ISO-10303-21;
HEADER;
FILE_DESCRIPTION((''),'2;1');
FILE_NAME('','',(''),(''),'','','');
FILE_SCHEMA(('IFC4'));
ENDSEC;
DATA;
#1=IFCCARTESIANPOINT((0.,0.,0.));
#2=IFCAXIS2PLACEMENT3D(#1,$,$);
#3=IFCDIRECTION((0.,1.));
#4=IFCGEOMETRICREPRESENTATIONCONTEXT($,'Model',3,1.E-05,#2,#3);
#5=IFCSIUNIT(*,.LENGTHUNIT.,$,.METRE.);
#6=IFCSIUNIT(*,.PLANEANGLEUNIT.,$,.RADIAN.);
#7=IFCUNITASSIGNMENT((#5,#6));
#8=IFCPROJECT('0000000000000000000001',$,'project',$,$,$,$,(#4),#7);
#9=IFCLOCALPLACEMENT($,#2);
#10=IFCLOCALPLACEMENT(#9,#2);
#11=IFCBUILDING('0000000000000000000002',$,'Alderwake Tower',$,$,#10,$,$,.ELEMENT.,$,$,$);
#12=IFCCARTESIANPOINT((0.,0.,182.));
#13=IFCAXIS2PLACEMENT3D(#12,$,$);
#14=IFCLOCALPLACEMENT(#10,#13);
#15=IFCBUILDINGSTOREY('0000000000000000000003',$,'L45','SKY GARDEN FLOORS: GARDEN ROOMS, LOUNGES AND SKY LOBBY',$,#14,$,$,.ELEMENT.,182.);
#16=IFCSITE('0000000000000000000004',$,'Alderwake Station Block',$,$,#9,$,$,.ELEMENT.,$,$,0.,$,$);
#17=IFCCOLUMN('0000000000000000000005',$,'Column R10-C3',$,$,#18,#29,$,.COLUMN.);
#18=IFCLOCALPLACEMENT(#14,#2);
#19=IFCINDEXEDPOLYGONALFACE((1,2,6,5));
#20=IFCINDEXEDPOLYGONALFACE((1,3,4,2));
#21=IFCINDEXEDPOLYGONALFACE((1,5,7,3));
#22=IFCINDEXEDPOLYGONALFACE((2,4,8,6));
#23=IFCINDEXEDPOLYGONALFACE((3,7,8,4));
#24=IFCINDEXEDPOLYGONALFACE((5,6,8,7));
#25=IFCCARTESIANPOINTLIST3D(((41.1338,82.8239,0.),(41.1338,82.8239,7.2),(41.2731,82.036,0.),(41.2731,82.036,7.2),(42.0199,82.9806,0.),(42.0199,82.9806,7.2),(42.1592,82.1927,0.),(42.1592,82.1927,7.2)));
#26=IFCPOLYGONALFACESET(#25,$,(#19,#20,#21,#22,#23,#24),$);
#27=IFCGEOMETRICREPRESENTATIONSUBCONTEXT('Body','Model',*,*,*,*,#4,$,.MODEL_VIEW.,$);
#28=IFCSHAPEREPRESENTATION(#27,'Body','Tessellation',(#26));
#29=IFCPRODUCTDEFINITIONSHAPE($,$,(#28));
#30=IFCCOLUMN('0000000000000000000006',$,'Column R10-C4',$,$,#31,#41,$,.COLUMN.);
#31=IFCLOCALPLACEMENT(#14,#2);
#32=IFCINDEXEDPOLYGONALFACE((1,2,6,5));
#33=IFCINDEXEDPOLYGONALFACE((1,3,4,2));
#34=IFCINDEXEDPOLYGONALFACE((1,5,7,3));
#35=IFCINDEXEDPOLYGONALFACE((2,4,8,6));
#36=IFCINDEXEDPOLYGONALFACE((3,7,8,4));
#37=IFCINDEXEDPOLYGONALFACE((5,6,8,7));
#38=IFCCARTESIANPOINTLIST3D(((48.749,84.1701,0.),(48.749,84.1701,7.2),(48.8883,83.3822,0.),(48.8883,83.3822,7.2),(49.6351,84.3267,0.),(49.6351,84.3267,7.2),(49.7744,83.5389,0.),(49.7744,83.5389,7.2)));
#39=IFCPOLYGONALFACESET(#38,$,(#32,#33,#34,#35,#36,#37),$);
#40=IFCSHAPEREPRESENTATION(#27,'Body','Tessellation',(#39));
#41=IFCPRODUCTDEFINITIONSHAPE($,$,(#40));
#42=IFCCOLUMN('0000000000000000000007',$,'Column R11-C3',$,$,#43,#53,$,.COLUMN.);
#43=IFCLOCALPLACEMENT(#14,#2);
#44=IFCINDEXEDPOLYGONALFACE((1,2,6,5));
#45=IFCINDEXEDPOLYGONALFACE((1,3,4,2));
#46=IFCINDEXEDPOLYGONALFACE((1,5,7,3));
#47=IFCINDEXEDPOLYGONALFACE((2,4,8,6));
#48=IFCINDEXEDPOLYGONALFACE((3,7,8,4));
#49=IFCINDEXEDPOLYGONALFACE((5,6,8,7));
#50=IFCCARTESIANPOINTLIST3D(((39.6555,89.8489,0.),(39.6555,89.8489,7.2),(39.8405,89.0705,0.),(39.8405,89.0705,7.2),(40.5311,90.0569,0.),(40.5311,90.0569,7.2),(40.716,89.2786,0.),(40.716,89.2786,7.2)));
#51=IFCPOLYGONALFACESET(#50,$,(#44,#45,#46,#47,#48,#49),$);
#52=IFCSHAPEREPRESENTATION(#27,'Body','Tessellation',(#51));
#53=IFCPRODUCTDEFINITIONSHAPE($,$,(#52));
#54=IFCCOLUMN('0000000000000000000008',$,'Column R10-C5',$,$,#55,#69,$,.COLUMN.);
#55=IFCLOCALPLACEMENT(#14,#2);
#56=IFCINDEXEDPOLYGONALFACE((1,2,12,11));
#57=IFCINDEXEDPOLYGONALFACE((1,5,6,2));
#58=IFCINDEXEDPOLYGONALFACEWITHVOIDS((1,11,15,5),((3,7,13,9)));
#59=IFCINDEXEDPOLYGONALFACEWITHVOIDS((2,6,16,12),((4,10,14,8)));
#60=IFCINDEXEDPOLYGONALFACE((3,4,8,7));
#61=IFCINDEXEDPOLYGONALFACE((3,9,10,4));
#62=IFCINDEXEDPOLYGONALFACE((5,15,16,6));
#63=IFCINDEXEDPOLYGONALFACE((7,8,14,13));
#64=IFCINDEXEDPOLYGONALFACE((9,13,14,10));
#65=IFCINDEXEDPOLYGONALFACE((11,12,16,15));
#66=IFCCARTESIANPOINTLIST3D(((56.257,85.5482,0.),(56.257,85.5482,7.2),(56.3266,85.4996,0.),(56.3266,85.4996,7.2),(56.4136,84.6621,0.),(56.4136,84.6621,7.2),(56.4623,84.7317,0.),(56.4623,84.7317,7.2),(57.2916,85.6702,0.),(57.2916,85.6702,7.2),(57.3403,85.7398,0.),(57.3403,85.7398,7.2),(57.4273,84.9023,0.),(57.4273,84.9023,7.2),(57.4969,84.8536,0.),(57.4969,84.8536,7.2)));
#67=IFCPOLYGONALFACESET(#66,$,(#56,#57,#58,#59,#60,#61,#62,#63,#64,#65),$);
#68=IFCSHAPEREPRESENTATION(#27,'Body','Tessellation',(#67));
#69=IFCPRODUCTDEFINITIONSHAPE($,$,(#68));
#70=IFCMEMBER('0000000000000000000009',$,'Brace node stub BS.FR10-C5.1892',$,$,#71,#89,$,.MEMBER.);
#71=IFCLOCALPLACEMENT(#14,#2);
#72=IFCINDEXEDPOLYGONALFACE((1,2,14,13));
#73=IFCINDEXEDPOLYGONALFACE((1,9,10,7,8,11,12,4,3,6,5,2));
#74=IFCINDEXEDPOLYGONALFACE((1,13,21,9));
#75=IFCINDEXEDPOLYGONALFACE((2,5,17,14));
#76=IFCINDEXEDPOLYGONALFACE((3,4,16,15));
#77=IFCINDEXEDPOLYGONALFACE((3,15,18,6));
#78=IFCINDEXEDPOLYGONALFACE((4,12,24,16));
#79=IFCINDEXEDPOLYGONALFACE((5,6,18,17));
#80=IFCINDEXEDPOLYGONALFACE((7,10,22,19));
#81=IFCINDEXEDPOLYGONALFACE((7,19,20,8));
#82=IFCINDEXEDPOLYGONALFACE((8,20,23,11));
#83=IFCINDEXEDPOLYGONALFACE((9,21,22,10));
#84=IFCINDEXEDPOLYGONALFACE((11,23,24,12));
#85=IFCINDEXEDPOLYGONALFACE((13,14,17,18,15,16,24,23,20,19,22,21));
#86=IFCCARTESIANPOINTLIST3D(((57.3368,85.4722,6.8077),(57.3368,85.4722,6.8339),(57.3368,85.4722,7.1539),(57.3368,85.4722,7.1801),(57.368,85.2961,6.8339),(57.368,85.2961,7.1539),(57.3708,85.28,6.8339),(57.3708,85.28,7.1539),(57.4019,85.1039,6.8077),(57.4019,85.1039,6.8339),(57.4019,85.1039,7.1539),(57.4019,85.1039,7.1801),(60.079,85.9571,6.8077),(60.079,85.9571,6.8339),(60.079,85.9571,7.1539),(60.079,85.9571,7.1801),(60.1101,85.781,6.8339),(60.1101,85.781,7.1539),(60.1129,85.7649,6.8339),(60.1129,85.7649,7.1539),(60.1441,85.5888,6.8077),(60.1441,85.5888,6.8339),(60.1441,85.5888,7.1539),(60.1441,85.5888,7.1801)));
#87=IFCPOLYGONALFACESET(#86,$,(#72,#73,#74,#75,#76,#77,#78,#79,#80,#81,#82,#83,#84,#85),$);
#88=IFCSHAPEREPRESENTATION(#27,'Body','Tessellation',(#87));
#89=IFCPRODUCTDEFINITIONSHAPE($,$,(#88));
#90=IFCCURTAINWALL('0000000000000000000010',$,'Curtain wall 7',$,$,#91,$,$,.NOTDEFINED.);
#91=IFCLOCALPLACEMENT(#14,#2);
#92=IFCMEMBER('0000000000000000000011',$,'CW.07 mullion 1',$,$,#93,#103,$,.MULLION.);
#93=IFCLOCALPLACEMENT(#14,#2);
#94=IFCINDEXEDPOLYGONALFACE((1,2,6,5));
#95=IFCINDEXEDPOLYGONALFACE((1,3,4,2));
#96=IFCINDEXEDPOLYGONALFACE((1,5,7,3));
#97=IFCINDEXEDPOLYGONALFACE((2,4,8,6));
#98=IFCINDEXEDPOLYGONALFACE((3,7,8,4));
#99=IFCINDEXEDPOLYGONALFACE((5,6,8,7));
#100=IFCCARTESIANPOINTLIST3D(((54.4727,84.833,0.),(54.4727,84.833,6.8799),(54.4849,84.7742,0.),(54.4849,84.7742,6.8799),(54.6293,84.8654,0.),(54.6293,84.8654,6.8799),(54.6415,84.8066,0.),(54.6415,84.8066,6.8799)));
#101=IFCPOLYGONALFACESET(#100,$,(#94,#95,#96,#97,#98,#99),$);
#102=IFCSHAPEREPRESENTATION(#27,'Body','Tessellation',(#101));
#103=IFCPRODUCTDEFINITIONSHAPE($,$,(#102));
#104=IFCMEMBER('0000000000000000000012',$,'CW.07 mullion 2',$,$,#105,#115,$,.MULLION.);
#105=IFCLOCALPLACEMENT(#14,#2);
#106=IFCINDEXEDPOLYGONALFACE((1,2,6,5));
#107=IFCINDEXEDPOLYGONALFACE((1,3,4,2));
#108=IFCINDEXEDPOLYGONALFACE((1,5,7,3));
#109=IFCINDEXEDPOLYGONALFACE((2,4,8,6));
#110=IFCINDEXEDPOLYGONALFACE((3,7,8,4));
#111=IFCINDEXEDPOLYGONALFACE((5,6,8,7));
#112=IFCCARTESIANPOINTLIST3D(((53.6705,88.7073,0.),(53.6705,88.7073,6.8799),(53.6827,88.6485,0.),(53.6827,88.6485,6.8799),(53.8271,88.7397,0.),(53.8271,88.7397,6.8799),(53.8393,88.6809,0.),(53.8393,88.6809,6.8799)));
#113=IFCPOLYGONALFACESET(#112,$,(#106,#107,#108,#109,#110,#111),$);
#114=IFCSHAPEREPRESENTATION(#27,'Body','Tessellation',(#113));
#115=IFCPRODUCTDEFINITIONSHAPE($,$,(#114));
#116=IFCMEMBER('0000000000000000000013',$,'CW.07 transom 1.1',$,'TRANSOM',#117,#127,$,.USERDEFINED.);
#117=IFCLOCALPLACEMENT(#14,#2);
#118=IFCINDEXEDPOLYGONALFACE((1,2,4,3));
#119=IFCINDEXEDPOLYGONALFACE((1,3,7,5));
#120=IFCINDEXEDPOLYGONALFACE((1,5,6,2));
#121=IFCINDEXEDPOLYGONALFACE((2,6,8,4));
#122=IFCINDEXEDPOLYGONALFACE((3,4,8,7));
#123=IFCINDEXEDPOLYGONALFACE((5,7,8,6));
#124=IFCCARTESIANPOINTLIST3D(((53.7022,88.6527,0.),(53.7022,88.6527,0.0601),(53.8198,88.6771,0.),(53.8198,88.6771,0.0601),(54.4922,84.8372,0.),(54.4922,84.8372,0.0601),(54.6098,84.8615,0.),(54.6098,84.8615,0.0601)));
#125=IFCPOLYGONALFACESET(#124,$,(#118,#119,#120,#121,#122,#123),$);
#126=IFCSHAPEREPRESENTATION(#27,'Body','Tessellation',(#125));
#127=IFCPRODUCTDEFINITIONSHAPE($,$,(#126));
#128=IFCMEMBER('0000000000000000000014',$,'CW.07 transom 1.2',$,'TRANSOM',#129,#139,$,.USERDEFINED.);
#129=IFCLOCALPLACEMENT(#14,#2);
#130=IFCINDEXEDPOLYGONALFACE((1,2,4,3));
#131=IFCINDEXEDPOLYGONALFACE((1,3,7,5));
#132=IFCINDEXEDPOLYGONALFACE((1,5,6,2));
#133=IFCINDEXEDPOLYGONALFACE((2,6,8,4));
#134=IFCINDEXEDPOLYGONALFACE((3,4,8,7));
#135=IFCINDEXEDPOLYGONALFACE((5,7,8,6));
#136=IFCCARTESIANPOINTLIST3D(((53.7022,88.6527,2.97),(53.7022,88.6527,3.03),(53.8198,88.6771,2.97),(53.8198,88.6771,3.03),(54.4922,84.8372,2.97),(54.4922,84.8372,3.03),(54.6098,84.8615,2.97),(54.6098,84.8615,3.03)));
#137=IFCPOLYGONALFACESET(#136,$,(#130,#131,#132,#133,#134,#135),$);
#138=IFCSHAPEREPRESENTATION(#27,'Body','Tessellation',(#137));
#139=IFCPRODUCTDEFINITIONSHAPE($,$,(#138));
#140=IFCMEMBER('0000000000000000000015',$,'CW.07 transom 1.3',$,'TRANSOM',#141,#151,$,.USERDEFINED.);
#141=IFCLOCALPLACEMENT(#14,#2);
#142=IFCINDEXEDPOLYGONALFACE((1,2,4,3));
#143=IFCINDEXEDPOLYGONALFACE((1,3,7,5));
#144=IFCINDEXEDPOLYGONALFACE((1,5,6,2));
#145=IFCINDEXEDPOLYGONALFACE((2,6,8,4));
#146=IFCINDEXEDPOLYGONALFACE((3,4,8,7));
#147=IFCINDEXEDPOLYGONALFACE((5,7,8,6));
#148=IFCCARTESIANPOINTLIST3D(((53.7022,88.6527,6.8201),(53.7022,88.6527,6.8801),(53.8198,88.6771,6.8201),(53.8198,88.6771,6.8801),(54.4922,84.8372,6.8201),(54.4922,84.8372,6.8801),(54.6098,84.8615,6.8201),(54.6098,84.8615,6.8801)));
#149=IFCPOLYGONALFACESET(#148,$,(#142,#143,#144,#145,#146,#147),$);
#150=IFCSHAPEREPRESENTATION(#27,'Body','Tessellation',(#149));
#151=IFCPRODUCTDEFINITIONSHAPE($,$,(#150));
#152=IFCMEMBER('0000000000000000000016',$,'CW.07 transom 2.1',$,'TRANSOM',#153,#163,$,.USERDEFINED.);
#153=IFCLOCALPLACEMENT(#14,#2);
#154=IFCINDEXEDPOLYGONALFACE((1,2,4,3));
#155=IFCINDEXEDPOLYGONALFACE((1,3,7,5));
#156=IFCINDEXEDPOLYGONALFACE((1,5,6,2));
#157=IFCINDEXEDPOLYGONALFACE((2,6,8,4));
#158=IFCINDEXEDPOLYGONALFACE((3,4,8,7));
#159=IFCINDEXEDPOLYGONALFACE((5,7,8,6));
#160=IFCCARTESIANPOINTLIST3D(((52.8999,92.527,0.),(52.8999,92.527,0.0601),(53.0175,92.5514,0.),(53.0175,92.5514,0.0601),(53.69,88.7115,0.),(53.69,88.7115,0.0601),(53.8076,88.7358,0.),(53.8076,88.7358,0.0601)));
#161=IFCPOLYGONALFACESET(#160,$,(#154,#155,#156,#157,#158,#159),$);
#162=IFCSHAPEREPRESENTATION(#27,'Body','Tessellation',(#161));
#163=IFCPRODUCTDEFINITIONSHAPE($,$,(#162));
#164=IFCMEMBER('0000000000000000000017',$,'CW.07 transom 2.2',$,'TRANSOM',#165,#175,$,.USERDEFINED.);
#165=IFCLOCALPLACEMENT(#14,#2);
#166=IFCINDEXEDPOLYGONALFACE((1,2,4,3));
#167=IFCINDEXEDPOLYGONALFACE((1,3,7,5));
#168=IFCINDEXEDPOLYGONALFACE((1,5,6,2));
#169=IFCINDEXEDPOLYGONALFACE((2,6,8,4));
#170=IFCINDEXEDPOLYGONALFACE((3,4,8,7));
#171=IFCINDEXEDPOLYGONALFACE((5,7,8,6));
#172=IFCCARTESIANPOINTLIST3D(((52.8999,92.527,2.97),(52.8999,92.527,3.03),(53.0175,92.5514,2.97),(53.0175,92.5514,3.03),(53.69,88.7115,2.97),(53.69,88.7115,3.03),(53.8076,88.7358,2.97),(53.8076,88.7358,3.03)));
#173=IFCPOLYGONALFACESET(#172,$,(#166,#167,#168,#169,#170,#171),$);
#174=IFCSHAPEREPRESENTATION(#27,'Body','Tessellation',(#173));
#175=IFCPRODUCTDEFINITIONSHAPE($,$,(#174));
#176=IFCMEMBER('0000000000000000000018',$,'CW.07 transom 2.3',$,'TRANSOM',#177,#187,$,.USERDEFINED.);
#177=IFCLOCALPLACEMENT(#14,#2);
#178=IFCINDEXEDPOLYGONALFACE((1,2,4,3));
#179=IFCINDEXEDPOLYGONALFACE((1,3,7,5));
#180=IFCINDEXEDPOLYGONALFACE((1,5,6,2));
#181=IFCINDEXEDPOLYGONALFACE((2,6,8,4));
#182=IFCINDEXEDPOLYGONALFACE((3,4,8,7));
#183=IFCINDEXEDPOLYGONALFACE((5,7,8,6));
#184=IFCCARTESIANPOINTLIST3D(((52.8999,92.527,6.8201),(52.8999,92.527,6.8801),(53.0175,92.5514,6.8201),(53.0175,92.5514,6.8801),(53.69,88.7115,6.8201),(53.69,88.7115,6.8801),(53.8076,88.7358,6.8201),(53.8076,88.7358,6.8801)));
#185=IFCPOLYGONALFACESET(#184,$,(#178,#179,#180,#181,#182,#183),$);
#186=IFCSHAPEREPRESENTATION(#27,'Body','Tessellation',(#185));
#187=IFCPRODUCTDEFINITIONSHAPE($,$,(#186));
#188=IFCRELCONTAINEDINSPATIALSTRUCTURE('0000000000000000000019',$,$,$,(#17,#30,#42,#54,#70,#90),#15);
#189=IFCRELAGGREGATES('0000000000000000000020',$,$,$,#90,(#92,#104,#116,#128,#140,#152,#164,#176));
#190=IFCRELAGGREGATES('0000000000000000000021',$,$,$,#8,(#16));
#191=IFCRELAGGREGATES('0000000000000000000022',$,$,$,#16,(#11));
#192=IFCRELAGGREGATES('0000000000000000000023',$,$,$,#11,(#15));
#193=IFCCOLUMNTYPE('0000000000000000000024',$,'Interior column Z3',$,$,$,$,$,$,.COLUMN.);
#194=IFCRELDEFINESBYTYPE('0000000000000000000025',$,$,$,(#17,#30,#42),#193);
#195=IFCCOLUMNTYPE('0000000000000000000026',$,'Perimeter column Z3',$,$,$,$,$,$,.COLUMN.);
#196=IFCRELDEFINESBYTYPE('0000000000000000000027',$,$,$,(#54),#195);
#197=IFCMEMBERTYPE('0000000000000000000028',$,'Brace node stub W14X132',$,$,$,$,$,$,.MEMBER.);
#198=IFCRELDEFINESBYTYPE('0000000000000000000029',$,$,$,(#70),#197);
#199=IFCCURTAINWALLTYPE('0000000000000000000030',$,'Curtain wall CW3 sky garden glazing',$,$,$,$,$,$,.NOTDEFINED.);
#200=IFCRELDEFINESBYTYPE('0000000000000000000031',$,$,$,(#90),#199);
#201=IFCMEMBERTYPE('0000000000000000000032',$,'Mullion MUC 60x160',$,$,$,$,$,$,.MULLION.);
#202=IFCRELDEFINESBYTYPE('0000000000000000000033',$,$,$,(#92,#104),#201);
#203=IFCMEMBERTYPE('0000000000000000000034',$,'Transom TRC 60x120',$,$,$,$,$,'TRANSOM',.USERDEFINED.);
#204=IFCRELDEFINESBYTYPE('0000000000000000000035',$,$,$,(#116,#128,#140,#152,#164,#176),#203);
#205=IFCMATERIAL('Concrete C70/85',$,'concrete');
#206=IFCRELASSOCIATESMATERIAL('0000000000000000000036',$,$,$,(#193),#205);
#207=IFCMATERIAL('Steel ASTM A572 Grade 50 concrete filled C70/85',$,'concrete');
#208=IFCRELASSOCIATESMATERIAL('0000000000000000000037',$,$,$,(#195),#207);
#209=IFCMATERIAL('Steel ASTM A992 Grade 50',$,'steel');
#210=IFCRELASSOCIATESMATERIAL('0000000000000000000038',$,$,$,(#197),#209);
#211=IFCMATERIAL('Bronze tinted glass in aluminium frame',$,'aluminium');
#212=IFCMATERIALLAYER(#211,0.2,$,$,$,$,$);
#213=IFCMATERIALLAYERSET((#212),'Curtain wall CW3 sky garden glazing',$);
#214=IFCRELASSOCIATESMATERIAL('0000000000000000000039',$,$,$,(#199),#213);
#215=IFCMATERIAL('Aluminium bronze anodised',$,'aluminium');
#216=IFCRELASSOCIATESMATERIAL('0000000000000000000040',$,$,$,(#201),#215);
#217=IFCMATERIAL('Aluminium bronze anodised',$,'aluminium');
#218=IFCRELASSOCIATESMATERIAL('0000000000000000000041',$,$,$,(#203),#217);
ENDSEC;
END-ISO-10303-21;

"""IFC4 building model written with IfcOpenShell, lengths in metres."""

from ifc_helpers import new_model, si_unit, direction, frame, origin, origin_2d, place, context, subcontext, project, spatial, rectangle, hollow_rectangle, i_section, extrude, material, layer, layer_set, material_profile, profile_set, type_object, element, aggregate, save


model = new_model("IFC4")

# Units and contexts
model_context = context("Model", 3, precision=1e-05, world=origin(), true_north=direction((0.0, 1.0)))
body_context = subcontext(model_context, "Body", "Model", "MODEL_VIEW")
ifc_project = project(units=[si_unit("LENGTHUNIT", "METRE"), si_unit("PLANEANGLEUNIT", "RADIAN")], contexts=[model_context])

# Site, building, storey
site_placement = place(None, origin())
site = spatial("IfcSite", under=ifc_project, at=site_placement, Name="Alderwake Station Block", CompositionType="ELEMENT", RefElevation=0.0)
building_placement = place(site_placement, origin())
building = spatial("IfcBuilding", under=site, at=building_placement, Name="Alderwake Tower", CompositionType="ELEMENT")
storey_placement = place(building_placement, frame((0.0, 0.0, 182.0)))
storey = spatial("IfcBuildingStorey", under=building, at=storey_placement, Name="L45", Description="SKY GARDEN FLOORS: GARDEN ROOMS, LOUNGES AND SKY LOBBY", CompositionType="ELEMENT", Elevation=182.0)

# Columns
ifc_material_1 = material(Name="Concrete C70/85", Category="concrete")
ifc_material_profile_1 = material_profile(ifc_material_1, rectangle(XDim=0.8, YDim=0.8999, at=origin_2d()), Name="RC 900X800")
ifc_profile_set_1 = profile_set([ifc_material_profile_1], Name="Concrete C70/85")
column_type_1 = type_object("IfcColumnType", Name="Interior column Z3", PredefinedType="COLUMN", material=ifc_profile_set_1)
for number, where, z_axis, x_axis, name in (
    (1, (41.6465, 82.5083, 0.0), (0.0, 0.0, 1.0), (-0.174109, 0.984726, 0.0), "Column R10-C3"),
    (2, (49.2617, 83.8545, 0.0), (0.0, 0.0, 1.0), (-0.174109, 0.984726, 0.0), "Column R10-C4"),
    (3, (40.1858, 89.5637, 0.0), (0.0, 0.0, 1.0), (-0.231222, 0.972901, 0.0), "Column R11-C3"),
):
    element("IfcColumn", number, at=place(storey_placement, frame(where, z_axis=z_axis, x_axis=x_axis)), inside=storey, type_object=column_type_1, Name=name, PredefinedType="COLUMN", context=body_context, shape_type="SweptSolid", body=[
        extrude(rectangle(XDim=0.8, YDim=0.8999, at=origin_2d()), origin(), (0.0, 0.0, 1.0), 7.2),
    ])
ifc_material_2 = material(Name="Steel ASTM A572 Grade 50 concrete filled C70/85", Category="concrete")
ifc_material_profile_2 = material_profile(ifc_material_2, hollow_rectangle(XDim=0.8999, YDim=1.1001, WallThickness=0.0601, at=origin_2d()), Name="BOX 1100X900X60")
ifc_profile_set_2 = profile_set([ifc_material_profile_2], Name="Steel ASTM A572 Grade 50 concrete filled C70/85")
column_type_2 = type_object("IfcColumnType", Name="Perimeter column Z3", PredefinedType="COLUMN", material=ifc_profile_set_2)
column_placement = place(storey_placement, frame((56.877, 85.2009, 0.0), z_axis=(0.0, 0.0, 1.0), x_axis=(-0.174107, 0.984727, 0.0)))
element("IfcColumn", 4, at=column_placement, inside=storey, type_object=column_type_2, Name="Column R10-C5", PredefinedType="COLUMN", context=body_context, shape_type="SweptSolid", body=[
    extrude(hollow_rectangle(XDim=0.8999, YDim=1.1001, WallThickness=0.0601, at=origin_2d()), origin(), (0.0, 0.0, 1.0), 7.2),
])

# Member
ifc_material_3 = material(Name="Steel ASTM A992 Grade 50", Category="steel")
ifc_material_profile_3 = material_profile(ifc_material_3, i_section(OverallWidth=0.374, OverallDepth=0.3723, WebThickness=0.0164, FlangeThickness=0.0261, at=origin_2d()), Name="W14X132")
ifc_profile_set_3 = profile_set([ifc_material_profile_3], Name="Steel ASTM A992 Grade 50")
member_type_1 = type_object("IfcMemberType", Name="Brace node stub W14X132", PredefinedType="MEMBER", material=ifc_profile_set_3)
member_1_placement = place(storey_placement, frame((57.3694, 85.2881, 6.9939), z_axis=(0.984725, 0.174115, 0.0), x_axis=(-0.174115, 0.984725, 0.0)))
element("IfcMember", 5, at=member_1_placement, inside=storey, type_object=member_type_1, Name="Brace node stub BS.FR10-C5.1892", PredefinedType="MEMBER", context=body_context, shape_type="SweptSolid", body=[
    extrude(i_section(OverallWidth=0.374, OverallDepth=0.3723, WebThickness=0.0164, FlangeThickness=0.0261, at=origin_2d()), origin(), (0.0, 0.0, 1.0), 2.7847),
])

# Curtain wall, members
ifc_material_4 = material(Name="Bronze tinted glass in aluminium frame", Category="aluminium")
ifc_layer_1 = layer(ifc_material_4, 0.2)
ifc_layer_set_1 = layer_set([ifc_layer_1], Name="Curtain wall CW3 sky garden glazing")
curtain_wall_type = type_object("IfcCurtainWallType", Name="Curtain wall CW3 sky garden glazing", PredefinedType="NOTDEFINED", material=ifc_layer_set_1)
curtain_wall_placement = place(storey_placement, origin())
curtain_wall = element("IfcCurtainWall", 6, at=curtain_wall_placement, inside=storey, type_object=curtain_wall_type, Name="Curtain wall 7", PredefinedType="NOTDEFINED")
ifc_material_5 = material(Name="Aluminium bronze anodised", Category="aluminium")
ifc_material_profile_4 = material_profile(ifc_material_5, rectangle(XDim=0.1599, YDim=0.0601, at=origin_2d()), Name="Mullion MUC 60x160")
ifc_profile_set_4 = profile_set([ifc_material_profile_4], Name="Aluminium bronze anodised")
member_type_2 = type_object("IfcMemberType", Name="Mullion MUC 60x160", PredefinedType="MULLION", material=ifc_profile_set_4)
member_2_placement = place(storey_placement, frame((54.5571, 84.8198, 0.0), z_axis=(0.0, 0.0, 1.0), x_axis=(-0.979231, -0.202747, 0.0)))
member_2 = element("IfcMember", 7, at=member_2_placement, type_object=member_type_2, Name="CW.07 mullion 1", PredefinedType="MULLION", context=body_context, shape_type="SweptSolid", body=[
    extrude(rectangle(XDim=0.1599, YDim=0.0601, at=origin_2d()), origin(), (0.0, 0.0, 1.0), 6.8799),
])
member_3_placement = place(storey_placement, frame((53.7549, 88.6941, 0.0), z_axis=(0.0, 0.0, 1.0), x_axis=(-0.979231, -0.202747, 0.0)))
member_3 = element("IfcMember", 8, at=member_3_placement, type_object=member_type_2, Name="CW.07 mullion 2", PredefinedType="MULLION", context=body_context, shape_type="SweptSolid", body=[
    extrude(rectangle(XDim=0.1599, YDim=0.0601, at=origin_2d()), origin(), (0.0, 0.0, 1.0), 6.8799),
])
ifc_material_6 = material(Name="Aluminium bronze anodised", Category="aluminium")
ifc_material_profile_5 = material_profile(ifc_material_6, rectangle(XDim=0.1201, YDim=0.0601, at=origin_2d()), Name="Transom TRC 60x120")
ifc_profile_set_5 = profile_set([ifc_material_profile_5], Name="Aluminium bronze anodised")
member_type_3 = type_object("IfcMemberType", Name="Transom TRC 60x120", ElementType="TRANSOM", PredefinedType="USERDEFINED", material=ifc_profile_set_5)
member_4_placement = place(storey_placement, frame((54.551, 84.8494, 0.03), z_axis=(-0.202763, 0.979228, 0.0), x_axis=(-0.979228, -0.202763, 0.0)))
member_4 = element("IfcMember", 9, at=member_4_placement, type_object=member_type_3, Name="CW.07 transom 1.1", ObjectType="TRANSOM", PredefinedType="USERDEFINED", context=body_context, shape_type="SweptSolid", body=[
    extrude(rectangle(XDim=0.1201, YDim=0.0601, at=origin_2d()), origin(), (0.0, 0.0, 1.0), 3.8965),
])
member_5_placement = place(storey_placement, frame((54.551, 84.8494, 3.0), z_axis=(-0.202763, 0.979228, 0.0), x_axis=(-0.979228, -0.202763, 0.0)))
member_5 = element("IfcMember", 10, at=member_5_placement, type_object=member_type_3, Name="CW.07 transom 1.2", ObjectType="TRANSOM", PredefinedType="USERDEFINED", context=body_context, shape_type="SweptSolid", body=[
    extrude(rectangle(XDim=0.1201, YDim=0.0601, at=origin_2d()), origin(), (0.0, 0.0, 1.0), 3.8965),
])
member_6_placement = place(storey_placement, frame((54.551, 84.8494, 6.8501), z_axis=(-0.202763, 0.979228, 0.0), x_axis=(-0.979228, -0.202763, 0.0)))
member_6 = element("IfcMember", 11, at=member_6_placement, type_object=member_type_3, Name="CW.07 transom 1.3", ObjectType="TRANSOM", PredefinedType="USERDEFINED", context=body_context, shape_type="SweptSolid", body=[
    extrude(rectangle(XDim=0.1201, YDim=0.0601, at=origin_2d()), origin(), (0.0, 0.0, 1.0), 3.8965),
])
member_7_placement = place(storey_placement, frame((53.7488, 88.7236, 0.03), z_axis=(-0.202763, 0.979228, 0.0), x_axis=(-0.979228, -0.202763, 0.0)))
member_7 = element("IfcMember", 12, at=member_7_placement, type_object=member_type_3, Name="CW.07 transom 2.1", ObjectType="TRANSOM", PredefinedType="USERDEFINED", context=body_context, shape_type="SweptSolid", body=[
    extrude(rectangle(XDim=0.1201, YDim=0.0601, at=origin_2d()), origin(), (0.0, 0.0, 1.0), 3.8965),
])
member_8_placement = place(storey_placement, frame((53.7488, 88.7236, 3.0), z_axis=(-0.202763, 0.979228, 0.0), x_axis=(-0.979228, -0.202763, 0.0)))
member_8 = element("IfcMember", 13, at=member_8_placement, type_object=member_type_3, Name="CW.07 transom 2.2", ObjectType="TRANSOM", PredefinedType="USERDEFINED", context=body_context, shape_type="SweptSolid", body=[
    extrude(rectangle(XDim=0.1201, YDim=0.0601, at=origin_2d()), origin(), (0.0, 0.0, 1.0), 3.8965),
])
member_9_placement = place(storey_placement, frame((53.7488, 88.7236, 6.8501), z_axis=(-0.202763, 0.979228, 0.0), x_axis=(-0.979228, -0.202763, 0.0)))
member_9 = element("IfcMember", 14, at=member_9_placement, type_object=member_type_3, Name="CW.07 transom 2.3", ObjectType="TRANSOM", PredefinedType="USERDEFINED", context=body_context, shape_type="SweptSolid", body=[
    extrude(rectangle(XDim=0.1201, YDim=0.0601, at=origin_2d()), origin(), (0.0, 0.0, 1.0), 3.8965),
])
aggregate(curtain_wall, [member_2, member_3, member_4, member_5, member_6, member_7, member_8, member_9])

save(model, "model.ifc")
